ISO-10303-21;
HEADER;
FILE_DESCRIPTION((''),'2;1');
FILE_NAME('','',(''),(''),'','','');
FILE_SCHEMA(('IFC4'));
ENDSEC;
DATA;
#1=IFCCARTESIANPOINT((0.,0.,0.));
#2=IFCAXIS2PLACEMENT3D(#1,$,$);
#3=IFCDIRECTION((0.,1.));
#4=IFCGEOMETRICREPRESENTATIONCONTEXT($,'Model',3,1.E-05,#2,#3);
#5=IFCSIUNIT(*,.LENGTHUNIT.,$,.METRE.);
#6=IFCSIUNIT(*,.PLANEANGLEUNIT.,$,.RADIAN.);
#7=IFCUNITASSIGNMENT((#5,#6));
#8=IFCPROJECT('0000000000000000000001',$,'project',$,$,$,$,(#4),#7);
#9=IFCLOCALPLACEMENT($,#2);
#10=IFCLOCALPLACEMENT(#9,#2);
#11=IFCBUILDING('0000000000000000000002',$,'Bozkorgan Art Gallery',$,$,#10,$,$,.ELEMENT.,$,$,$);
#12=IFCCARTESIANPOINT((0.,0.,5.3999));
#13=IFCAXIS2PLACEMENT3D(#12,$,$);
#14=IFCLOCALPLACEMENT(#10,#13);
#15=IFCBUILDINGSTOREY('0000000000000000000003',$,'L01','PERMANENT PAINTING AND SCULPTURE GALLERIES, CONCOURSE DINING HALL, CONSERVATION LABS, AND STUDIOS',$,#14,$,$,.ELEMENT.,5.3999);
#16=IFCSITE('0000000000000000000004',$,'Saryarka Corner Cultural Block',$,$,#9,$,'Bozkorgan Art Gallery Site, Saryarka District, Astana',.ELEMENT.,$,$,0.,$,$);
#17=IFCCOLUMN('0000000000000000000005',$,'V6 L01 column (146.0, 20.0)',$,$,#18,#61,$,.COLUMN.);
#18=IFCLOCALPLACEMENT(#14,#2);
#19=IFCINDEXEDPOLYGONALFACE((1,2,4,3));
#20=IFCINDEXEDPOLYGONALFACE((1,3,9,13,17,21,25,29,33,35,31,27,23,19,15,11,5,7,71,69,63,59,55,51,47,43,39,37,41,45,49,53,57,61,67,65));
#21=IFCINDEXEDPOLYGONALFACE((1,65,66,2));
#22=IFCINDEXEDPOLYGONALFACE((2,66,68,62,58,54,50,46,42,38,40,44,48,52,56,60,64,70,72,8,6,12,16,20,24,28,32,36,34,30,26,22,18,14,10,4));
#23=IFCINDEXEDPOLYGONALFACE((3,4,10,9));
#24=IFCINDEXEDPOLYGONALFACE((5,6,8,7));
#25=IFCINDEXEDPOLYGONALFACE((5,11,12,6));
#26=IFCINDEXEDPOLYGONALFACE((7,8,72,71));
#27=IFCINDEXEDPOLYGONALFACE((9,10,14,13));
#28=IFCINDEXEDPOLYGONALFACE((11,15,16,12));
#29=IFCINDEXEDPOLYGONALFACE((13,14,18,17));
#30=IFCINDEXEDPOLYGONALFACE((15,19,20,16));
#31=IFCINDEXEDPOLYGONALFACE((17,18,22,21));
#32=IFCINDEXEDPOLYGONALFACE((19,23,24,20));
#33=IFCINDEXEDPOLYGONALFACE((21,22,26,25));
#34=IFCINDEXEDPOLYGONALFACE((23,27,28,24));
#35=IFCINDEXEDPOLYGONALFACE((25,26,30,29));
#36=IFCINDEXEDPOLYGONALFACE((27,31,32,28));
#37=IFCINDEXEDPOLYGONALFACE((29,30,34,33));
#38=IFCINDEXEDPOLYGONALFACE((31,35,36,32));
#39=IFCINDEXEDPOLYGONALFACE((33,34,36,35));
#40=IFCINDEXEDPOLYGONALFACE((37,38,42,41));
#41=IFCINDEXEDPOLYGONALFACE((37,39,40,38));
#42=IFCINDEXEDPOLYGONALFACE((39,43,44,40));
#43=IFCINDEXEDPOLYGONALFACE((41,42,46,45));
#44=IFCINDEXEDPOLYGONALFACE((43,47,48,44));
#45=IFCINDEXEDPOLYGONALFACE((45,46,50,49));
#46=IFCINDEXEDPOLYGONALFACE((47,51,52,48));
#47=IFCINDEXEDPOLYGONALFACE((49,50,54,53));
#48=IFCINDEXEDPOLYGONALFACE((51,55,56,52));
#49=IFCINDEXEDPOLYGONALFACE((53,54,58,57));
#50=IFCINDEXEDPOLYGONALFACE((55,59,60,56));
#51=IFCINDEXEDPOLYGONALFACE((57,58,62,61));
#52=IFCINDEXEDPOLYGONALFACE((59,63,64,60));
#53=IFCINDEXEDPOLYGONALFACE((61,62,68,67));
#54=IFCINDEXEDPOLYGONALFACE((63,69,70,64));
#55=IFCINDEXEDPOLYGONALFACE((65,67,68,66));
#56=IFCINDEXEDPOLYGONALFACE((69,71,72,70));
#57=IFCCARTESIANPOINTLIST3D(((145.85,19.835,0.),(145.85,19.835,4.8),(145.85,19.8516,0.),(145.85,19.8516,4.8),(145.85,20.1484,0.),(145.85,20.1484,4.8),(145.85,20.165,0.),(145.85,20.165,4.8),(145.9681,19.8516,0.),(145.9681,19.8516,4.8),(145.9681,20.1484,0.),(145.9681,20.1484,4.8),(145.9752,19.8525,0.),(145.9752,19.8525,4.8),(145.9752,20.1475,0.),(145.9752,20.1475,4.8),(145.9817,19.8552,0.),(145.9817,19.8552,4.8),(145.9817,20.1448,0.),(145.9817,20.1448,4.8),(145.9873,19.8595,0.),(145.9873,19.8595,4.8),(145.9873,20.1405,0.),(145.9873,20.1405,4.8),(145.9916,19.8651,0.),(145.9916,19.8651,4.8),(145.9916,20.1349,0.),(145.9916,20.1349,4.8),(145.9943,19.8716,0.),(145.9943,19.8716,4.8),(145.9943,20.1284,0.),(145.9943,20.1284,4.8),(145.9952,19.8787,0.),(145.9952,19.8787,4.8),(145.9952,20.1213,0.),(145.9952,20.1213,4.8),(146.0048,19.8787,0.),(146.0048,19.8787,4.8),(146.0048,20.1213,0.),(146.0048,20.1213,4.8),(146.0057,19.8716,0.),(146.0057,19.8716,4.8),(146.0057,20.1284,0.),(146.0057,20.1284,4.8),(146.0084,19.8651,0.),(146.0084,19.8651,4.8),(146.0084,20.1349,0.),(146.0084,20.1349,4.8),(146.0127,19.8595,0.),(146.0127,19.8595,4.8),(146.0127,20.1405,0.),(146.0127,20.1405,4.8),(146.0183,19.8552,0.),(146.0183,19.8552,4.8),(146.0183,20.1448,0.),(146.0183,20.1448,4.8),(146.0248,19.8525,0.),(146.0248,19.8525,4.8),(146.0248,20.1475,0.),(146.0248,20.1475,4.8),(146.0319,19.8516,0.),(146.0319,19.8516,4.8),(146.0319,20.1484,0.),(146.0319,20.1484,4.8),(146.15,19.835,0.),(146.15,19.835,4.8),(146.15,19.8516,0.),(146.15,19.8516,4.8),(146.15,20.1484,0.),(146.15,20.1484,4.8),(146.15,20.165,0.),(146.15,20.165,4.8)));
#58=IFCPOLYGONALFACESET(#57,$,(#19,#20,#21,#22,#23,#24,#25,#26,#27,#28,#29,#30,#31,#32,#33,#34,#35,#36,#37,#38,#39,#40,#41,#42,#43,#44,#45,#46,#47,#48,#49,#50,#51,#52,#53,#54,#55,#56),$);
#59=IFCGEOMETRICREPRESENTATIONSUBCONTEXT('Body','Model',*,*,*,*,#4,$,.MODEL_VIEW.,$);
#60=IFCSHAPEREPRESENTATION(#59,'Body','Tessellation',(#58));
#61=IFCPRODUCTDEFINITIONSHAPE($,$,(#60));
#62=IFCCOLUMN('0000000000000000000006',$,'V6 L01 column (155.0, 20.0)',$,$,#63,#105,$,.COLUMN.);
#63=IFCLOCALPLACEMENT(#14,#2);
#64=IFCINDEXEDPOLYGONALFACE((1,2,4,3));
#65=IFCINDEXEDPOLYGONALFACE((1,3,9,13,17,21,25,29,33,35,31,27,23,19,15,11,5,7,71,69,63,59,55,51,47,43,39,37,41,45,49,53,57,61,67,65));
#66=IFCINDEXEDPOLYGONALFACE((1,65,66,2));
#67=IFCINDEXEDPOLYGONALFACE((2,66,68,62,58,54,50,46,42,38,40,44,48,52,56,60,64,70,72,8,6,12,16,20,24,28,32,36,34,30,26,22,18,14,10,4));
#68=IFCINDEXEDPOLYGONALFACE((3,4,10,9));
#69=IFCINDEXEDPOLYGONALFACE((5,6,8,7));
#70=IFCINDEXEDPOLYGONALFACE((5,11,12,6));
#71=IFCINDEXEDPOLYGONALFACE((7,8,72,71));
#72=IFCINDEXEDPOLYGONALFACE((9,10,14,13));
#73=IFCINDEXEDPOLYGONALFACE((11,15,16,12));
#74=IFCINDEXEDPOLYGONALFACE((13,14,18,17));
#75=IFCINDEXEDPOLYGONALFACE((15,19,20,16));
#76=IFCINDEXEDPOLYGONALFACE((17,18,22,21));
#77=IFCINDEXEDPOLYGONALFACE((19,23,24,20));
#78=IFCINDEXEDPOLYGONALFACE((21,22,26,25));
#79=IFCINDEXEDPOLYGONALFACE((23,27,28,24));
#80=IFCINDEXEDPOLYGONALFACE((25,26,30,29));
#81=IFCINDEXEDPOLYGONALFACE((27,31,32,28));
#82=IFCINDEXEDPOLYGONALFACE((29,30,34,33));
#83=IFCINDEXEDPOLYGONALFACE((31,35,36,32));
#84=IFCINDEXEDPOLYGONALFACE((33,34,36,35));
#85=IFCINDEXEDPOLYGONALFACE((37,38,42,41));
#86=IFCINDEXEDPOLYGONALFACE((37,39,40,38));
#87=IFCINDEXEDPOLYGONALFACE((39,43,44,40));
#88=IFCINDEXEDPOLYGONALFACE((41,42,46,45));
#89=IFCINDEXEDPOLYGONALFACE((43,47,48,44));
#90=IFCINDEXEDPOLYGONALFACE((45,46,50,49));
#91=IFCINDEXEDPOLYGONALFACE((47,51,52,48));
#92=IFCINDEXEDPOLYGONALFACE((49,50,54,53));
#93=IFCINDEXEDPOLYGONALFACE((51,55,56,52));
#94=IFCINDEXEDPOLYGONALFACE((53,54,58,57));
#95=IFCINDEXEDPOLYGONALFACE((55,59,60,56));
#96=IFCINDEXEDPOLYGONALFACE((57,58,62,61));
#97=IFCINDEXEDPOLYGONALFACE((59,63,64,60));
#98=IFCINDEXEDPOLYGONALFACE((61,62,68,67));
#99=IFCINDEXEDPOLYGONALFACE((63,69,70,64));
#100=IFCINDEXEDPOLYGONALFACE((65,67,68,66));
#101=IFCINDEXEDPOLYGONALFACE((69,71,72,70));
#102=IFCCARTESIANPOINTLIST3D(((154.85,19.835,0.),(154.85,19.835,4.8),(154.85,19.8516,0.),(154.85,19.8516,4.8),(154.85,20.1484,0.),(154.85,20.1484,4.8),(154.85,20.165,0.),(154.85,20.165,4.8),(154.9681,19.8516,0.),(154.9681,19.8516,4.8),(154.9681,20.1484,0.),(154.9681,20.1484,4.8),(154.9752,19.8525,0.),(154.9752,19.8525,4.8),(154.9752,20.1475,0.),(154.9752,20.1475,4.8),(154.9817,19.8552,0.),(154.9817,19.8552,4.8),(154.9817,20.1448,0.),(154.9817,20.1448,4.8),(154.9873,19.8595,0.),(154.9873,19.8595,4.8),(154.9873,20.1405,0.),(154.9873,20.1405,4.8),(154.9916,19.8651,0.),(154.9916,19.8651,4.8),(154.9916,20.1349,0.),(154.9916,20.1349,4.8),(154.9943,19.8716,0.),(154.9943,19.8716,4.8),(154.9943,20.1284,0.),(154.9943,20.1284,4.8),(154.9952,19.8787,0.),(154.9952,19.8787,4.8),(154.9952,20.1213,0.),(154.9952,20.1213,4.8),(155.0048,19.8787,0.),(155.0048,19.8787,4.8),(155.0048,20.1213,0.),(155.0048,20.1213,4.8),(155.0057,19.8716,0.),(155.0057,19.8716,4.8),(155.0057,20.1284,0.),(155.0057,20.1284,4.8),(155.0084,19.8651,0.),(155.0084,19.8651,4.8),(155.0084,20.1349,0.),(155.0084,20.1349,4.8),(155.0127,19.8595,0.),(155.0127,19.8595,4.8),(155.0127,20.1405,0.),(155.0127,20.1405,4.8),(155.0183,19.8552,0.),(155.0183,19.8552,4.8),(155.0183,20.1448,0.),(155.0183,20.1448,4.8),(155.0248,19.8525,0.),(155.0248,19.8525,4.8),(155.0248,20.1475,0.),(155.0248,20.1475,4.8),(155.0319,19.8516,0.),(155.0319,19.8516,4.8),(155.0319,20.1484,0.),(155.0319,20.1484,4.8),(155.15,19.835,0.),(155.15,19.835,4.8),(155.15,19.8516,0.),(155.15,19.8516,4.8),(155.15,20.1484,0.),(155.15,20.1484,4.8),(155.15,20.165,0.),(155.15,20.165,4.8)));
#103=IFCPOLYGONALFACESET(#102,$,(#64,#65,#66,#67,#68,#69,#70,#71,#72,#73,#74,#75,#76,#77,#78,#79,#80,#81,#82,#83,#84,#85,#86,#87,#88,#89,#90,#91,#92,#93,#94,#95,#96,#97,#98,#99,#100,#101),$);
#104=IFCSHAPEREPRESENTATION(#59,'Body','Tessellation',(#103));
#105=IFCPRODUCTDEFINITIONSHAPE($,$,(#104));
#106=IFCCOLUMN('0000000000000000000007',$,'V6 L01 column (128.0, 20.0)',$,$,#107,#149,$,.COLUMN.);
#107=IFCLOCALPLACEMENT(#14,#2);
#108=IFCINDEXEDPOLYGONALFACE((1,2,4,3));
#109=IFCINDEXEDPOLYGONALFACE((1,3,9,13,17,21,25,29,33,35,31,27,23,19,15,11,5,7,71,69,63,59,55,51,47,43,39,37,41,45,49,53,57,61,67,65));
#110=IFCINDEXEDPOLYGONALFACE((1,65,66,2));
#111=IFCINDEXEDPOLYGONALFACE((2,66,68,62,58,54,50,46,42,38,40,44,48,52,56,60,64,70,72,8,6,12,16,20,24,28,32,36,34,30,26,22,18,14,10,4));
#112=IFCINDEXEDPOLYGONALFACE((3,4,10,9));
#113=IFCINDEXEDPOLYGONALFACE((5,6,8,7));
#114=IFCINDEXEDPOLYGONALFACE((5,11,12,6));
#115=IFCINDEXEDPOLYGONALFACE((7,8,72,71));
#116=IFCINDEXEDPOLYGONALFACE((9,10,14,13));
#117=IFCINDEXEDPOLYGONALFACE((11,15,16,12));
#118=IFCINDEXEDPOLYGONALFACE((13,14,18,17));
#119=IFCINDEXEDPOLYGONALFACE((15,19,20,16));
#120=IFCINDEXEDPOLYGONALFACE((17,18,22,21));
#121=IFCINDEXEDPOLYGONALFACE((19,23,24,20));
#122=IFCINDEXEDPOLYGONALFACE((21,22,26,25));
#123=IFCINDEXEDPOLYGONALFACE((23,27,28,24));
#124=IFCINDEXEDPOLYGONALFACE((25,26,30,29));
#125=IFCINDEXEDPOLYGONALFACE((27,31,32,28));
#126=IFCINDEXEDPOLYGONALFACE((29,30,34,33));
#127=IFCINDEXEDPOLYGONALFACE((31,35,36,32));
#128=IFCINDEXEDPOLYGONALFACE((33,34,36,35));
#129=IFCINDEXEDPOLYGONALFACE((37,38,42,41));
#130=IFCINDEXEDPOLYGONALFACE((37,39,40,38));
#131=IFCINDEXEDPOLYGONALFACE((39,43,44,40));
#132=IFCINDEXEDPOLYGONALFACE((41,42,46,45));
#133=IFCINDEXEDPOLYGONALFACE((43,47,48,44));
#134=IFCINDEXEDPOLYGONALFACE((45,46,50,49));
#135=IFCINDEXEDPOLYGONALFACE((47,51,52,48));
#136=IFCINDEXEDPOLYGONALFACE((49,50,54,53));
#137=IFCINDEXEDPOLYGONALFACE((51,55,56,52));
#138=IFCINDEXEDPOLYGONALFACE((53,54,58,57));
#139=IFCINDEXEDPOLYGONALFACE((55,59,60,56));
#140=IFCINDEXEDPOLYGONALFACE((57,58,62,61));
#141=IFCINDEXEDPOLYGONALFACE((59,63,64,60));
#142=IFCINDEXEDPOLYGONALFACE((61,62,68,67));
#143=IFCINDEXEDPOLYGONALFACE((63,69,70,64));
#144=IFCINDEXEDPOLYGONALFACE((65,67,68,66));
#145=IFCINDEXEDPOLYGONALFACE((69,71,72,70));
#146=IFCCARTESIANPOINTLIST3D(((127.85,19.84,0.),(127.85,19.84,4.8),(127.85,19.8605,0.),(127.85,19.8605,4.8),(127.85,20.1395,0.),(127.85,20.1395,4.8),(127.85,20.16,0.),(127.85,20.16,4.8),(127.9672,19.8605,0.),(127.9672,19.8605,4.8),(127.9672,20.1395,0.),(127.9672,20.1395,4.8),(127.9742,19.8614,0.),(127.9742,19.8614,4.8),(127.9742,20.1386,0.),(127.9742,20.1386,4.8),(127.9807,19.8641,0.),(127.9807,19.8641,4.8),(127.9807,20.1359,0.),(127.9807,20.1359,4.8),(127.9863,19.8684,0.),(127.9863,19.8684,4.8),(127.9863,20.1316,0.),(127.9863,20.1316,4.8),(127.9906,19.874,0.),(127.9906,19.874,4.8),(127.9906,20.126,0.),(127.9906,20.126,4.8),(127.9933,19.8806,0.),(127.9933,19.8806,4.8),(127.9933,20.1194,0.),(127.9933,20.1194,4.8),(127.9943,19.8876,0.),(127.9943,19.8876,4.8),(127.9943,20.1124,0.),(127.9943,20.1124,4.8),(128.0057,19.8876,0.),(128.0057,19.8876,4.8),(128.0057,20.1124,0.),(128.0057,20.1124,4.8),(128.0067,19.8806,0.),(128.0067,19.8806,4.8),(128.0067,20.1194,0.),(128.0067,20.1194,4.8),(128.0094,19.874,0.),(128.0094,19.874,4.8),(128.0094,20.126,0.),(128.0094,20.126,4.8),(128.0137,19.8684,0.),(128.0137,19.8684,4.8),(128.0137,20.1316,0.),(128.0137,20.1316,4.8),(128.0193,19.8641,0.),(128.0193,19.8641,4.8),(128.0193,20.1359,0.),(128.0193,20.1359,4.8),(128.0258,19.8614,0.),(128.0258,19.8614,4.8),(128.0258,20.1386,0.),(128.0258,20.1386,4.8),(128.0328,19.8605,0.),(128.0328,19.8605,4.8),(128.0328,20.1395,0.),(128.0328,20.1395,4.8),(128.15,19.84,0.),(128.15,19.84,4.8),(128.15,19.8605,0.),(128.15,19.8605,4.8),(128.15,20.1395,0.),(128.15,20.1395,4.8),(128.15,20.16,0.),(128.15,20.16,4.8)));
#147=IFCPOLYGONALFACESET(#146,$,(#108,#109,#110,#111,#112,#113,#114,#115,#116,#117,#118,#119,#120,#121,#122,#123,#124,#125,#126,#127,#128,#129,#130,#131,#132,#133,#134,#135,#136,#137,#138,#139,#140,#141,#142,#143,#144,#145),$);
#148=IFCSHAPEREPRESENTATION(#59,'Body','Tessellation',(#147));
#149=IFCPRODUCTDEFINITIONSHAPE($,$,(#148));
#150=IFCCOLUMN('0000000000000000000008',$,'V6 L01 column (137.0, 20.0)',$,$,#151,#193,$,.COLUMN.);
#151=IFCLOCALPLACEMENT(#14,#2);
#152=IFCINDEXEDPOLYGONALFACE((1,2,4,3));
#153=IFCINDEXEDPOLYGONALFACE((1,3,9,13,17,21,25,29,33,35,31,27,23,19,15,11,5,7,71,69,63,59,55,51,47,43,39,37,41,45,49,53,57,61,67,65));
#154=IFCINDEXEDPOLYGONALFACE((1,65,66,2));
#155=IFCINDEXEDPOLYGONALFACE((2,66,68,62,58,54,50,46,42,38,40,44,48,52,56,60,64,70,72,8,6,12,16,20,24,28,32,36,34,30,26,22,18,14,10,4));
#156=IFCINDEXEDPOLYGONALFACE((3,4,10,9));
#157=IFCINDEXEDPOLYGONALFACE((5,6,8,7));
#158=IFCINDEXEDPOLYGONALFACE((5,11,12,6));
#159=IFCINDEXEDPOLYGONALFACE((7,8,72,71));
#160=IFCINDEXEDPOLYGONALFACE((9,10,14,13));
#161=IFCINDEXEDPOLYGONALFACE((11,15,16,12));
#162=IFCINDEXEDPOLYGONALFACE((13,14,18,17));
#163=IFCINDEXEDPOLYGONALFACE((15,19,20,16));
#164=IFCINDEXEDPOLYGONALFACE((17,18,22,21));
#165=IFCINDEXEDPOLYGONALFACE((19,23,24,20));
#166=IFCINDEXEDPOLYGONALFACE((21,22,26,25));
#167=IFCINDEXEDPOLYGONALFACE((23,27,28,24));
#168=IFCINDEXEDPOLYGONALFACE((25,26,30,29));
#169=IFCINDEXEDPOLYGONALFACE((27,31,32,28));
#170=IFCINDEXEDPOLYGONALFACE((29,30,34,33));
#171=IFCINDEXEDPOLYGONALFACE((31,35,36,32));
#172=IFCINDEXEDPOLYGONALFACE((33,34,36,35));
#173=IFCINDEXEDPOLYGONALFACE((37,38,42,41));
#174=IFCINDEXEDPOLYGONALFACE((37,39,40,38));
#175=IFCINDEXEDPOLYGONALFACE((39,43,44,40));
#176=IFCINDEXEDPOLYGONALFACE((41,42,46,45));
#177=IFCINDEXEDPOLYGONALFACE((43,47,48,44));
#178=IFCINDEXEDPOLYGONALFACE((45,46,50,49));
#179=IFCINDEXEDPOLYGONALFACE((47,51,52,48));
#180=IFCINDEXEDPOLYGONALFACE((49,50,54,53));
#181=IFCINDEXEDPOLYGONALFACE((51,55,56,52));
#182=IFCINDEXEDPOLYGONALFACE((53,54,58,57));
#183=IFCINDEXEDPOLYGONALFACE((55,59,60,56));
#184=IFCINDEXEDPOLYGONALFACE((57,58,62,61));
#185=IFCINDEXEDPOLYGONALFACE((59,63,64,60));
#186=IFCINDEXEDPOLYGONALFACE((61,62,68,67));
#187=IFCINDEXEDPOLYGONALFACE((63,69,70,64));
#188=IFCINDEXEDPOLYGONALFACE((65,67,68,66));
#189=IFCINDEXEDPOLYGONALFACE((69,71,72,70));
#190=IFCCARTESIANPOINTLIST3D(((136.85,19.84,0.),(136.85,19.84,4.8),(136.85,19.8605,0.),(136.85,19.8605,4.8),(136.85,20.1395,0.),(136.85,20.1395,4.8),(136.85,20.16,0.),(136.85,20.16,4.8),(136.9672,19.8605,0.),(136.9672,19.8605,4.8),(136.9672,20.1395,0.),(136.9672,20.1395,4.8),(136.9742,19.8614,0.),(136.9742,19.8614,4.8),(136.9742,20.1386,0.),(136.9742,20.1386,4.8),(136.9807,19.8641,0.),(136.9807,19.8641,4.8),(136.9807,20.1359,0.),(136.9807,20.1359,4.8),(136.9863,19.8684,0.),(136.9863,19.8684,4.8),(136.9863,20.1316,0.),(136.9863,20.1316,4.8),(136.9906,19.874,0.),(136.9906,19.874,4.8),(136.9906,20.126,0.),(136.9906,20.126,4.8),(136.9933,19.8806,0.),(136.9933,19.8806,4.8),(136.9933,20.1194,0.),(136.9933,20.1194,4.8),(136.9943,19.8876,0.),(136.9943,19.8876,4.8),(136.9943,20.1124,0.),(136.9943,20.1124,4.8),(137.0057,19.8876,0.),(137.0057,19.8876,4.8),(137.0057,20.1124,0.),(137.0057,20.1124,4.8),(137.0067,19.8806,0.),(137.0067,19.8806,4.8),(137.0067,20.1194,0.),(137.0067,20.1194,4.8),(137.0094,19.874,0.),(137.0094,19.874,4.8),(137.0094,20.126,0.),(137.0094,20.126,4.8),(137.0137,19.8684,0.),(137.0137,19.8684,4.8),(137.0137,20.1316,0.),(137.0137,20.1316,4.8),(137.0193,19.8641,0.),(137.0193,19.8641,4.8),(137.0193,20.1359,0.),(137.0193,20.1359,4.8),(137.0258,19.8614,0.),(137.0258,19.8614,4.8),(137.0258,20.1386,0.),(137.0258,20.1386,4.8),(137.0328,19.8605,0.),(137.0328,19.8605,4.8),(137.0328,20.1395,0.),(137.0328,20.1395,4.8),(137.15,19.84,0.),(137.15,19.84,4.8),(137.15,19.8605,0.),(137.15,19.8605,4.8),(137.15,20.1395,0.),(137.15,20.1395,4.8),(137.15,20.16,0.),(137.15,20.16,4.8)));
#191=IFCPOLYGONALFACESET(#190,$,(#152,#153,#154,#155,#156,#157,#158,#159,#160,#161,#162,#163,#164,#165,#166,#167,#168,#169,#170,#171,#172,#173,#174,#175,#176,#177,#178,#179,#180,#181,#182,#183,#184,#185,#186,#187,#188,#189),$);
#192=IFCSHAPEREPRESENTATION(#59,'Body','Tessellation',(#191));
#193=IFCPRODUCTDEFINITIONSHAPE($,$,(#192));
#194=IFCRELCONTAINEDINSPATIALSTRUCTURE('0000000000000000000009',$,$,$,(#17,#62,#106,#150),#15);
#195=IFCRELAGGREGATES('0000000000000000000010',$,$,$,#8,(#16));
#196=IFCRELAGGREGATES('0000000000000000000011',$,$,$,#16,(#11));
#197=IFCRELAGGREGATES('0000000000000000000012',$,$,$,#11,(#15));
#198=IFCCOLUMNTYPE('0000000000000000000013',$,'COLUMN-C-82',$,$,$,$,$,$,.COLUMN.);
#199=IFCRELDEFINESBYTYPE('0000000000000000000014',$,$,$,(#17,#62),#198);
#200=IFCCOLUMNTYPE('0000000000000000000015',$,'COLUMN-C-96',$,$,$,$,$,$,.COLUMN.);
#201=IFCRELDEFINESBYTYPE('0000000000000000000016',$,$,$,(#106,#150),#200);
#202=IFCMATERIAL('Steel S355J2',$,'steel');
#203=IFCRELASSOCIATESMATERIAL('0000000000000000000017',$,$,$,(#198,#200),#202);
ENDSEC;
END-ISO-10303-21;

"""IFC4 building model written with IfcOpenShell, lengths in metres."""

from ifc_helpers import new_model, si_unit, direction, frame, origin, origin_2d, place, context, subcontext, project, spatial, i_section, extrude, material, material_profile, profile_set, type_object, element, save


model = new_model("IFC4")

# Units and contexts
model_context = context("Model", 3, precision=1e-05, world=origin(), true_north=direction((0.0, 1.0)))
body_context = subcontext(model_context, "Body", "Model", "MODEL_VIEW")
ifc_project = project(units=[si_unit("LENGTHUNIT", "METRE"), si_unit("PLANEANGLEUNIT", "RADIAN")], contexts=[model_context])

# Site, building, storey
site_placement = place(None, origin())
site = spatial("IfcSite", under=ifc_project, at=site_placement, Name="Saryarka Corner Cultural Block", LongName="Bozkorgan Art Gallery Site, Saryarka District, Astana", CompositionType="ELEMENT", RefElevation=0.0)
building_placement = place(site_placement, origin())
building = spatial("IfcBuilding", under=site, at=building_placement, Name="Bozkorgan Art Gallery", CompositionType="ELEMENT")
storey_placement = place(building_placement, frame((0.0, 0.0, 5.3999)))
storey = spatial("IfcBuildingStorey", under=building, at=storey_placement, Name="L01", Description="PERMANENT PAINTING AND SCULPTURE GALLERIES, CONCOURSE DINING HALL, CONSERVATION LABS, AND STUDIOS", CompositionType="ELEMENT", Elevation=5.3999)

# Columns
ifc_material_1 = material(Name="Steel S355J2", Category="steel")
ifc_material_profile_1 = material_profile(ifc_material_1, i_section(OverallWidth=0.3, OverallDepth=0.3301, WebThickness=0.0095, FlangeThickness=0.0166, FilletRadius=0.0271, at=origin_2d()), Name="HEA 340")
ifc_profile_set_1 = profile_set([ifc_material_profile_1], Name="Steel S355J2")
column_type_1 = type_object("IfcColumnType", Name="COLUMN-C-82", PredefinedType="COLUMN", material=ifc_profile_set_1)
for number, where, z_axis, x_axis, name in (
    (1, (146.0, 20.0, 0.0), (0.0, 0.0, 1.0), (1.0, 0.0, 0.0), "V6 L01 column (146.0, 20.0)"),
    (2, (155.0, 20.0, 0.0), (0.0, 0.0, 1.0), (1.0, 0.0, 0.0), "V6 L01 column (155.0, 20.0)"),
):
    element("IfcColumn", number, at=place(storey_placement, frame(where, z_axis=z_axis, x_axis=x_axis)), inside=storey, type_object=column_type_1, Name=name, PredefinedType="COLUMN", context=body_context, shape_type="SweptSolid", body=[
        extrude(i_section(OverallWidth=0.3, OverallDepth=0.3301, WebThickness=0.0095, FlangeThickness=0.0166, FilletRadius=0.0271, at=origin_2d()), origin(), (0.0, 0.0, 1.0), 4.8),
    ])
ifc_material_profile_2 = material_profile(ifc_material_1, i_section(OverallWidth=0.3, OverallDepth=0.3201, WebThickness=0.0115, FlangeThickness=0.0205, FilletRadius=0.0271, at=origin_2d()), Name="HEB 320")
ifc_profile_set_2 = profile_set([ifc_material_profile_2], Name="Steel S355J2")
column_type_2 = type_object("IfcColumnType", Name="COLUMN-C-96", PredefinedType="COLUMN", material=ifc_profile_set_2)
for number, where, z_axis, x_axis, name in (
    (3, (128.0, 20.0, 0.0), (0.0, 0.0, 1.0), (1.0, 0.0, 0.0), "V6 L01 column (128.0, 20.0)"),
    (4, (137.0, 20.0, 0.0), (0.0, 0.0, 1.0), (1.0, 0.0, 0.0), "V6 L01 column (137.0, 20.0)"),
):
    element("IfcColumn", number, at=place(storey_placement, frame(where, z_axis=z_axis, x_axis=x_axis)), inside=storey, type_object=column_type_2, Name=name, PredefinedType="COLUMN", context=body_context, shape_type="SweptSolid", body=[
        extrude(i_section(OverallWidth=0.3, OverallDepth=0.3201, WebThickness=0.0115, FlangeThickness=0.0205, FilletRadius=0.0271, at=origin_2d()), origin(), (0.0, 0.0, 1.0), 4.8),
    ])

save(model, "model.ifc")
